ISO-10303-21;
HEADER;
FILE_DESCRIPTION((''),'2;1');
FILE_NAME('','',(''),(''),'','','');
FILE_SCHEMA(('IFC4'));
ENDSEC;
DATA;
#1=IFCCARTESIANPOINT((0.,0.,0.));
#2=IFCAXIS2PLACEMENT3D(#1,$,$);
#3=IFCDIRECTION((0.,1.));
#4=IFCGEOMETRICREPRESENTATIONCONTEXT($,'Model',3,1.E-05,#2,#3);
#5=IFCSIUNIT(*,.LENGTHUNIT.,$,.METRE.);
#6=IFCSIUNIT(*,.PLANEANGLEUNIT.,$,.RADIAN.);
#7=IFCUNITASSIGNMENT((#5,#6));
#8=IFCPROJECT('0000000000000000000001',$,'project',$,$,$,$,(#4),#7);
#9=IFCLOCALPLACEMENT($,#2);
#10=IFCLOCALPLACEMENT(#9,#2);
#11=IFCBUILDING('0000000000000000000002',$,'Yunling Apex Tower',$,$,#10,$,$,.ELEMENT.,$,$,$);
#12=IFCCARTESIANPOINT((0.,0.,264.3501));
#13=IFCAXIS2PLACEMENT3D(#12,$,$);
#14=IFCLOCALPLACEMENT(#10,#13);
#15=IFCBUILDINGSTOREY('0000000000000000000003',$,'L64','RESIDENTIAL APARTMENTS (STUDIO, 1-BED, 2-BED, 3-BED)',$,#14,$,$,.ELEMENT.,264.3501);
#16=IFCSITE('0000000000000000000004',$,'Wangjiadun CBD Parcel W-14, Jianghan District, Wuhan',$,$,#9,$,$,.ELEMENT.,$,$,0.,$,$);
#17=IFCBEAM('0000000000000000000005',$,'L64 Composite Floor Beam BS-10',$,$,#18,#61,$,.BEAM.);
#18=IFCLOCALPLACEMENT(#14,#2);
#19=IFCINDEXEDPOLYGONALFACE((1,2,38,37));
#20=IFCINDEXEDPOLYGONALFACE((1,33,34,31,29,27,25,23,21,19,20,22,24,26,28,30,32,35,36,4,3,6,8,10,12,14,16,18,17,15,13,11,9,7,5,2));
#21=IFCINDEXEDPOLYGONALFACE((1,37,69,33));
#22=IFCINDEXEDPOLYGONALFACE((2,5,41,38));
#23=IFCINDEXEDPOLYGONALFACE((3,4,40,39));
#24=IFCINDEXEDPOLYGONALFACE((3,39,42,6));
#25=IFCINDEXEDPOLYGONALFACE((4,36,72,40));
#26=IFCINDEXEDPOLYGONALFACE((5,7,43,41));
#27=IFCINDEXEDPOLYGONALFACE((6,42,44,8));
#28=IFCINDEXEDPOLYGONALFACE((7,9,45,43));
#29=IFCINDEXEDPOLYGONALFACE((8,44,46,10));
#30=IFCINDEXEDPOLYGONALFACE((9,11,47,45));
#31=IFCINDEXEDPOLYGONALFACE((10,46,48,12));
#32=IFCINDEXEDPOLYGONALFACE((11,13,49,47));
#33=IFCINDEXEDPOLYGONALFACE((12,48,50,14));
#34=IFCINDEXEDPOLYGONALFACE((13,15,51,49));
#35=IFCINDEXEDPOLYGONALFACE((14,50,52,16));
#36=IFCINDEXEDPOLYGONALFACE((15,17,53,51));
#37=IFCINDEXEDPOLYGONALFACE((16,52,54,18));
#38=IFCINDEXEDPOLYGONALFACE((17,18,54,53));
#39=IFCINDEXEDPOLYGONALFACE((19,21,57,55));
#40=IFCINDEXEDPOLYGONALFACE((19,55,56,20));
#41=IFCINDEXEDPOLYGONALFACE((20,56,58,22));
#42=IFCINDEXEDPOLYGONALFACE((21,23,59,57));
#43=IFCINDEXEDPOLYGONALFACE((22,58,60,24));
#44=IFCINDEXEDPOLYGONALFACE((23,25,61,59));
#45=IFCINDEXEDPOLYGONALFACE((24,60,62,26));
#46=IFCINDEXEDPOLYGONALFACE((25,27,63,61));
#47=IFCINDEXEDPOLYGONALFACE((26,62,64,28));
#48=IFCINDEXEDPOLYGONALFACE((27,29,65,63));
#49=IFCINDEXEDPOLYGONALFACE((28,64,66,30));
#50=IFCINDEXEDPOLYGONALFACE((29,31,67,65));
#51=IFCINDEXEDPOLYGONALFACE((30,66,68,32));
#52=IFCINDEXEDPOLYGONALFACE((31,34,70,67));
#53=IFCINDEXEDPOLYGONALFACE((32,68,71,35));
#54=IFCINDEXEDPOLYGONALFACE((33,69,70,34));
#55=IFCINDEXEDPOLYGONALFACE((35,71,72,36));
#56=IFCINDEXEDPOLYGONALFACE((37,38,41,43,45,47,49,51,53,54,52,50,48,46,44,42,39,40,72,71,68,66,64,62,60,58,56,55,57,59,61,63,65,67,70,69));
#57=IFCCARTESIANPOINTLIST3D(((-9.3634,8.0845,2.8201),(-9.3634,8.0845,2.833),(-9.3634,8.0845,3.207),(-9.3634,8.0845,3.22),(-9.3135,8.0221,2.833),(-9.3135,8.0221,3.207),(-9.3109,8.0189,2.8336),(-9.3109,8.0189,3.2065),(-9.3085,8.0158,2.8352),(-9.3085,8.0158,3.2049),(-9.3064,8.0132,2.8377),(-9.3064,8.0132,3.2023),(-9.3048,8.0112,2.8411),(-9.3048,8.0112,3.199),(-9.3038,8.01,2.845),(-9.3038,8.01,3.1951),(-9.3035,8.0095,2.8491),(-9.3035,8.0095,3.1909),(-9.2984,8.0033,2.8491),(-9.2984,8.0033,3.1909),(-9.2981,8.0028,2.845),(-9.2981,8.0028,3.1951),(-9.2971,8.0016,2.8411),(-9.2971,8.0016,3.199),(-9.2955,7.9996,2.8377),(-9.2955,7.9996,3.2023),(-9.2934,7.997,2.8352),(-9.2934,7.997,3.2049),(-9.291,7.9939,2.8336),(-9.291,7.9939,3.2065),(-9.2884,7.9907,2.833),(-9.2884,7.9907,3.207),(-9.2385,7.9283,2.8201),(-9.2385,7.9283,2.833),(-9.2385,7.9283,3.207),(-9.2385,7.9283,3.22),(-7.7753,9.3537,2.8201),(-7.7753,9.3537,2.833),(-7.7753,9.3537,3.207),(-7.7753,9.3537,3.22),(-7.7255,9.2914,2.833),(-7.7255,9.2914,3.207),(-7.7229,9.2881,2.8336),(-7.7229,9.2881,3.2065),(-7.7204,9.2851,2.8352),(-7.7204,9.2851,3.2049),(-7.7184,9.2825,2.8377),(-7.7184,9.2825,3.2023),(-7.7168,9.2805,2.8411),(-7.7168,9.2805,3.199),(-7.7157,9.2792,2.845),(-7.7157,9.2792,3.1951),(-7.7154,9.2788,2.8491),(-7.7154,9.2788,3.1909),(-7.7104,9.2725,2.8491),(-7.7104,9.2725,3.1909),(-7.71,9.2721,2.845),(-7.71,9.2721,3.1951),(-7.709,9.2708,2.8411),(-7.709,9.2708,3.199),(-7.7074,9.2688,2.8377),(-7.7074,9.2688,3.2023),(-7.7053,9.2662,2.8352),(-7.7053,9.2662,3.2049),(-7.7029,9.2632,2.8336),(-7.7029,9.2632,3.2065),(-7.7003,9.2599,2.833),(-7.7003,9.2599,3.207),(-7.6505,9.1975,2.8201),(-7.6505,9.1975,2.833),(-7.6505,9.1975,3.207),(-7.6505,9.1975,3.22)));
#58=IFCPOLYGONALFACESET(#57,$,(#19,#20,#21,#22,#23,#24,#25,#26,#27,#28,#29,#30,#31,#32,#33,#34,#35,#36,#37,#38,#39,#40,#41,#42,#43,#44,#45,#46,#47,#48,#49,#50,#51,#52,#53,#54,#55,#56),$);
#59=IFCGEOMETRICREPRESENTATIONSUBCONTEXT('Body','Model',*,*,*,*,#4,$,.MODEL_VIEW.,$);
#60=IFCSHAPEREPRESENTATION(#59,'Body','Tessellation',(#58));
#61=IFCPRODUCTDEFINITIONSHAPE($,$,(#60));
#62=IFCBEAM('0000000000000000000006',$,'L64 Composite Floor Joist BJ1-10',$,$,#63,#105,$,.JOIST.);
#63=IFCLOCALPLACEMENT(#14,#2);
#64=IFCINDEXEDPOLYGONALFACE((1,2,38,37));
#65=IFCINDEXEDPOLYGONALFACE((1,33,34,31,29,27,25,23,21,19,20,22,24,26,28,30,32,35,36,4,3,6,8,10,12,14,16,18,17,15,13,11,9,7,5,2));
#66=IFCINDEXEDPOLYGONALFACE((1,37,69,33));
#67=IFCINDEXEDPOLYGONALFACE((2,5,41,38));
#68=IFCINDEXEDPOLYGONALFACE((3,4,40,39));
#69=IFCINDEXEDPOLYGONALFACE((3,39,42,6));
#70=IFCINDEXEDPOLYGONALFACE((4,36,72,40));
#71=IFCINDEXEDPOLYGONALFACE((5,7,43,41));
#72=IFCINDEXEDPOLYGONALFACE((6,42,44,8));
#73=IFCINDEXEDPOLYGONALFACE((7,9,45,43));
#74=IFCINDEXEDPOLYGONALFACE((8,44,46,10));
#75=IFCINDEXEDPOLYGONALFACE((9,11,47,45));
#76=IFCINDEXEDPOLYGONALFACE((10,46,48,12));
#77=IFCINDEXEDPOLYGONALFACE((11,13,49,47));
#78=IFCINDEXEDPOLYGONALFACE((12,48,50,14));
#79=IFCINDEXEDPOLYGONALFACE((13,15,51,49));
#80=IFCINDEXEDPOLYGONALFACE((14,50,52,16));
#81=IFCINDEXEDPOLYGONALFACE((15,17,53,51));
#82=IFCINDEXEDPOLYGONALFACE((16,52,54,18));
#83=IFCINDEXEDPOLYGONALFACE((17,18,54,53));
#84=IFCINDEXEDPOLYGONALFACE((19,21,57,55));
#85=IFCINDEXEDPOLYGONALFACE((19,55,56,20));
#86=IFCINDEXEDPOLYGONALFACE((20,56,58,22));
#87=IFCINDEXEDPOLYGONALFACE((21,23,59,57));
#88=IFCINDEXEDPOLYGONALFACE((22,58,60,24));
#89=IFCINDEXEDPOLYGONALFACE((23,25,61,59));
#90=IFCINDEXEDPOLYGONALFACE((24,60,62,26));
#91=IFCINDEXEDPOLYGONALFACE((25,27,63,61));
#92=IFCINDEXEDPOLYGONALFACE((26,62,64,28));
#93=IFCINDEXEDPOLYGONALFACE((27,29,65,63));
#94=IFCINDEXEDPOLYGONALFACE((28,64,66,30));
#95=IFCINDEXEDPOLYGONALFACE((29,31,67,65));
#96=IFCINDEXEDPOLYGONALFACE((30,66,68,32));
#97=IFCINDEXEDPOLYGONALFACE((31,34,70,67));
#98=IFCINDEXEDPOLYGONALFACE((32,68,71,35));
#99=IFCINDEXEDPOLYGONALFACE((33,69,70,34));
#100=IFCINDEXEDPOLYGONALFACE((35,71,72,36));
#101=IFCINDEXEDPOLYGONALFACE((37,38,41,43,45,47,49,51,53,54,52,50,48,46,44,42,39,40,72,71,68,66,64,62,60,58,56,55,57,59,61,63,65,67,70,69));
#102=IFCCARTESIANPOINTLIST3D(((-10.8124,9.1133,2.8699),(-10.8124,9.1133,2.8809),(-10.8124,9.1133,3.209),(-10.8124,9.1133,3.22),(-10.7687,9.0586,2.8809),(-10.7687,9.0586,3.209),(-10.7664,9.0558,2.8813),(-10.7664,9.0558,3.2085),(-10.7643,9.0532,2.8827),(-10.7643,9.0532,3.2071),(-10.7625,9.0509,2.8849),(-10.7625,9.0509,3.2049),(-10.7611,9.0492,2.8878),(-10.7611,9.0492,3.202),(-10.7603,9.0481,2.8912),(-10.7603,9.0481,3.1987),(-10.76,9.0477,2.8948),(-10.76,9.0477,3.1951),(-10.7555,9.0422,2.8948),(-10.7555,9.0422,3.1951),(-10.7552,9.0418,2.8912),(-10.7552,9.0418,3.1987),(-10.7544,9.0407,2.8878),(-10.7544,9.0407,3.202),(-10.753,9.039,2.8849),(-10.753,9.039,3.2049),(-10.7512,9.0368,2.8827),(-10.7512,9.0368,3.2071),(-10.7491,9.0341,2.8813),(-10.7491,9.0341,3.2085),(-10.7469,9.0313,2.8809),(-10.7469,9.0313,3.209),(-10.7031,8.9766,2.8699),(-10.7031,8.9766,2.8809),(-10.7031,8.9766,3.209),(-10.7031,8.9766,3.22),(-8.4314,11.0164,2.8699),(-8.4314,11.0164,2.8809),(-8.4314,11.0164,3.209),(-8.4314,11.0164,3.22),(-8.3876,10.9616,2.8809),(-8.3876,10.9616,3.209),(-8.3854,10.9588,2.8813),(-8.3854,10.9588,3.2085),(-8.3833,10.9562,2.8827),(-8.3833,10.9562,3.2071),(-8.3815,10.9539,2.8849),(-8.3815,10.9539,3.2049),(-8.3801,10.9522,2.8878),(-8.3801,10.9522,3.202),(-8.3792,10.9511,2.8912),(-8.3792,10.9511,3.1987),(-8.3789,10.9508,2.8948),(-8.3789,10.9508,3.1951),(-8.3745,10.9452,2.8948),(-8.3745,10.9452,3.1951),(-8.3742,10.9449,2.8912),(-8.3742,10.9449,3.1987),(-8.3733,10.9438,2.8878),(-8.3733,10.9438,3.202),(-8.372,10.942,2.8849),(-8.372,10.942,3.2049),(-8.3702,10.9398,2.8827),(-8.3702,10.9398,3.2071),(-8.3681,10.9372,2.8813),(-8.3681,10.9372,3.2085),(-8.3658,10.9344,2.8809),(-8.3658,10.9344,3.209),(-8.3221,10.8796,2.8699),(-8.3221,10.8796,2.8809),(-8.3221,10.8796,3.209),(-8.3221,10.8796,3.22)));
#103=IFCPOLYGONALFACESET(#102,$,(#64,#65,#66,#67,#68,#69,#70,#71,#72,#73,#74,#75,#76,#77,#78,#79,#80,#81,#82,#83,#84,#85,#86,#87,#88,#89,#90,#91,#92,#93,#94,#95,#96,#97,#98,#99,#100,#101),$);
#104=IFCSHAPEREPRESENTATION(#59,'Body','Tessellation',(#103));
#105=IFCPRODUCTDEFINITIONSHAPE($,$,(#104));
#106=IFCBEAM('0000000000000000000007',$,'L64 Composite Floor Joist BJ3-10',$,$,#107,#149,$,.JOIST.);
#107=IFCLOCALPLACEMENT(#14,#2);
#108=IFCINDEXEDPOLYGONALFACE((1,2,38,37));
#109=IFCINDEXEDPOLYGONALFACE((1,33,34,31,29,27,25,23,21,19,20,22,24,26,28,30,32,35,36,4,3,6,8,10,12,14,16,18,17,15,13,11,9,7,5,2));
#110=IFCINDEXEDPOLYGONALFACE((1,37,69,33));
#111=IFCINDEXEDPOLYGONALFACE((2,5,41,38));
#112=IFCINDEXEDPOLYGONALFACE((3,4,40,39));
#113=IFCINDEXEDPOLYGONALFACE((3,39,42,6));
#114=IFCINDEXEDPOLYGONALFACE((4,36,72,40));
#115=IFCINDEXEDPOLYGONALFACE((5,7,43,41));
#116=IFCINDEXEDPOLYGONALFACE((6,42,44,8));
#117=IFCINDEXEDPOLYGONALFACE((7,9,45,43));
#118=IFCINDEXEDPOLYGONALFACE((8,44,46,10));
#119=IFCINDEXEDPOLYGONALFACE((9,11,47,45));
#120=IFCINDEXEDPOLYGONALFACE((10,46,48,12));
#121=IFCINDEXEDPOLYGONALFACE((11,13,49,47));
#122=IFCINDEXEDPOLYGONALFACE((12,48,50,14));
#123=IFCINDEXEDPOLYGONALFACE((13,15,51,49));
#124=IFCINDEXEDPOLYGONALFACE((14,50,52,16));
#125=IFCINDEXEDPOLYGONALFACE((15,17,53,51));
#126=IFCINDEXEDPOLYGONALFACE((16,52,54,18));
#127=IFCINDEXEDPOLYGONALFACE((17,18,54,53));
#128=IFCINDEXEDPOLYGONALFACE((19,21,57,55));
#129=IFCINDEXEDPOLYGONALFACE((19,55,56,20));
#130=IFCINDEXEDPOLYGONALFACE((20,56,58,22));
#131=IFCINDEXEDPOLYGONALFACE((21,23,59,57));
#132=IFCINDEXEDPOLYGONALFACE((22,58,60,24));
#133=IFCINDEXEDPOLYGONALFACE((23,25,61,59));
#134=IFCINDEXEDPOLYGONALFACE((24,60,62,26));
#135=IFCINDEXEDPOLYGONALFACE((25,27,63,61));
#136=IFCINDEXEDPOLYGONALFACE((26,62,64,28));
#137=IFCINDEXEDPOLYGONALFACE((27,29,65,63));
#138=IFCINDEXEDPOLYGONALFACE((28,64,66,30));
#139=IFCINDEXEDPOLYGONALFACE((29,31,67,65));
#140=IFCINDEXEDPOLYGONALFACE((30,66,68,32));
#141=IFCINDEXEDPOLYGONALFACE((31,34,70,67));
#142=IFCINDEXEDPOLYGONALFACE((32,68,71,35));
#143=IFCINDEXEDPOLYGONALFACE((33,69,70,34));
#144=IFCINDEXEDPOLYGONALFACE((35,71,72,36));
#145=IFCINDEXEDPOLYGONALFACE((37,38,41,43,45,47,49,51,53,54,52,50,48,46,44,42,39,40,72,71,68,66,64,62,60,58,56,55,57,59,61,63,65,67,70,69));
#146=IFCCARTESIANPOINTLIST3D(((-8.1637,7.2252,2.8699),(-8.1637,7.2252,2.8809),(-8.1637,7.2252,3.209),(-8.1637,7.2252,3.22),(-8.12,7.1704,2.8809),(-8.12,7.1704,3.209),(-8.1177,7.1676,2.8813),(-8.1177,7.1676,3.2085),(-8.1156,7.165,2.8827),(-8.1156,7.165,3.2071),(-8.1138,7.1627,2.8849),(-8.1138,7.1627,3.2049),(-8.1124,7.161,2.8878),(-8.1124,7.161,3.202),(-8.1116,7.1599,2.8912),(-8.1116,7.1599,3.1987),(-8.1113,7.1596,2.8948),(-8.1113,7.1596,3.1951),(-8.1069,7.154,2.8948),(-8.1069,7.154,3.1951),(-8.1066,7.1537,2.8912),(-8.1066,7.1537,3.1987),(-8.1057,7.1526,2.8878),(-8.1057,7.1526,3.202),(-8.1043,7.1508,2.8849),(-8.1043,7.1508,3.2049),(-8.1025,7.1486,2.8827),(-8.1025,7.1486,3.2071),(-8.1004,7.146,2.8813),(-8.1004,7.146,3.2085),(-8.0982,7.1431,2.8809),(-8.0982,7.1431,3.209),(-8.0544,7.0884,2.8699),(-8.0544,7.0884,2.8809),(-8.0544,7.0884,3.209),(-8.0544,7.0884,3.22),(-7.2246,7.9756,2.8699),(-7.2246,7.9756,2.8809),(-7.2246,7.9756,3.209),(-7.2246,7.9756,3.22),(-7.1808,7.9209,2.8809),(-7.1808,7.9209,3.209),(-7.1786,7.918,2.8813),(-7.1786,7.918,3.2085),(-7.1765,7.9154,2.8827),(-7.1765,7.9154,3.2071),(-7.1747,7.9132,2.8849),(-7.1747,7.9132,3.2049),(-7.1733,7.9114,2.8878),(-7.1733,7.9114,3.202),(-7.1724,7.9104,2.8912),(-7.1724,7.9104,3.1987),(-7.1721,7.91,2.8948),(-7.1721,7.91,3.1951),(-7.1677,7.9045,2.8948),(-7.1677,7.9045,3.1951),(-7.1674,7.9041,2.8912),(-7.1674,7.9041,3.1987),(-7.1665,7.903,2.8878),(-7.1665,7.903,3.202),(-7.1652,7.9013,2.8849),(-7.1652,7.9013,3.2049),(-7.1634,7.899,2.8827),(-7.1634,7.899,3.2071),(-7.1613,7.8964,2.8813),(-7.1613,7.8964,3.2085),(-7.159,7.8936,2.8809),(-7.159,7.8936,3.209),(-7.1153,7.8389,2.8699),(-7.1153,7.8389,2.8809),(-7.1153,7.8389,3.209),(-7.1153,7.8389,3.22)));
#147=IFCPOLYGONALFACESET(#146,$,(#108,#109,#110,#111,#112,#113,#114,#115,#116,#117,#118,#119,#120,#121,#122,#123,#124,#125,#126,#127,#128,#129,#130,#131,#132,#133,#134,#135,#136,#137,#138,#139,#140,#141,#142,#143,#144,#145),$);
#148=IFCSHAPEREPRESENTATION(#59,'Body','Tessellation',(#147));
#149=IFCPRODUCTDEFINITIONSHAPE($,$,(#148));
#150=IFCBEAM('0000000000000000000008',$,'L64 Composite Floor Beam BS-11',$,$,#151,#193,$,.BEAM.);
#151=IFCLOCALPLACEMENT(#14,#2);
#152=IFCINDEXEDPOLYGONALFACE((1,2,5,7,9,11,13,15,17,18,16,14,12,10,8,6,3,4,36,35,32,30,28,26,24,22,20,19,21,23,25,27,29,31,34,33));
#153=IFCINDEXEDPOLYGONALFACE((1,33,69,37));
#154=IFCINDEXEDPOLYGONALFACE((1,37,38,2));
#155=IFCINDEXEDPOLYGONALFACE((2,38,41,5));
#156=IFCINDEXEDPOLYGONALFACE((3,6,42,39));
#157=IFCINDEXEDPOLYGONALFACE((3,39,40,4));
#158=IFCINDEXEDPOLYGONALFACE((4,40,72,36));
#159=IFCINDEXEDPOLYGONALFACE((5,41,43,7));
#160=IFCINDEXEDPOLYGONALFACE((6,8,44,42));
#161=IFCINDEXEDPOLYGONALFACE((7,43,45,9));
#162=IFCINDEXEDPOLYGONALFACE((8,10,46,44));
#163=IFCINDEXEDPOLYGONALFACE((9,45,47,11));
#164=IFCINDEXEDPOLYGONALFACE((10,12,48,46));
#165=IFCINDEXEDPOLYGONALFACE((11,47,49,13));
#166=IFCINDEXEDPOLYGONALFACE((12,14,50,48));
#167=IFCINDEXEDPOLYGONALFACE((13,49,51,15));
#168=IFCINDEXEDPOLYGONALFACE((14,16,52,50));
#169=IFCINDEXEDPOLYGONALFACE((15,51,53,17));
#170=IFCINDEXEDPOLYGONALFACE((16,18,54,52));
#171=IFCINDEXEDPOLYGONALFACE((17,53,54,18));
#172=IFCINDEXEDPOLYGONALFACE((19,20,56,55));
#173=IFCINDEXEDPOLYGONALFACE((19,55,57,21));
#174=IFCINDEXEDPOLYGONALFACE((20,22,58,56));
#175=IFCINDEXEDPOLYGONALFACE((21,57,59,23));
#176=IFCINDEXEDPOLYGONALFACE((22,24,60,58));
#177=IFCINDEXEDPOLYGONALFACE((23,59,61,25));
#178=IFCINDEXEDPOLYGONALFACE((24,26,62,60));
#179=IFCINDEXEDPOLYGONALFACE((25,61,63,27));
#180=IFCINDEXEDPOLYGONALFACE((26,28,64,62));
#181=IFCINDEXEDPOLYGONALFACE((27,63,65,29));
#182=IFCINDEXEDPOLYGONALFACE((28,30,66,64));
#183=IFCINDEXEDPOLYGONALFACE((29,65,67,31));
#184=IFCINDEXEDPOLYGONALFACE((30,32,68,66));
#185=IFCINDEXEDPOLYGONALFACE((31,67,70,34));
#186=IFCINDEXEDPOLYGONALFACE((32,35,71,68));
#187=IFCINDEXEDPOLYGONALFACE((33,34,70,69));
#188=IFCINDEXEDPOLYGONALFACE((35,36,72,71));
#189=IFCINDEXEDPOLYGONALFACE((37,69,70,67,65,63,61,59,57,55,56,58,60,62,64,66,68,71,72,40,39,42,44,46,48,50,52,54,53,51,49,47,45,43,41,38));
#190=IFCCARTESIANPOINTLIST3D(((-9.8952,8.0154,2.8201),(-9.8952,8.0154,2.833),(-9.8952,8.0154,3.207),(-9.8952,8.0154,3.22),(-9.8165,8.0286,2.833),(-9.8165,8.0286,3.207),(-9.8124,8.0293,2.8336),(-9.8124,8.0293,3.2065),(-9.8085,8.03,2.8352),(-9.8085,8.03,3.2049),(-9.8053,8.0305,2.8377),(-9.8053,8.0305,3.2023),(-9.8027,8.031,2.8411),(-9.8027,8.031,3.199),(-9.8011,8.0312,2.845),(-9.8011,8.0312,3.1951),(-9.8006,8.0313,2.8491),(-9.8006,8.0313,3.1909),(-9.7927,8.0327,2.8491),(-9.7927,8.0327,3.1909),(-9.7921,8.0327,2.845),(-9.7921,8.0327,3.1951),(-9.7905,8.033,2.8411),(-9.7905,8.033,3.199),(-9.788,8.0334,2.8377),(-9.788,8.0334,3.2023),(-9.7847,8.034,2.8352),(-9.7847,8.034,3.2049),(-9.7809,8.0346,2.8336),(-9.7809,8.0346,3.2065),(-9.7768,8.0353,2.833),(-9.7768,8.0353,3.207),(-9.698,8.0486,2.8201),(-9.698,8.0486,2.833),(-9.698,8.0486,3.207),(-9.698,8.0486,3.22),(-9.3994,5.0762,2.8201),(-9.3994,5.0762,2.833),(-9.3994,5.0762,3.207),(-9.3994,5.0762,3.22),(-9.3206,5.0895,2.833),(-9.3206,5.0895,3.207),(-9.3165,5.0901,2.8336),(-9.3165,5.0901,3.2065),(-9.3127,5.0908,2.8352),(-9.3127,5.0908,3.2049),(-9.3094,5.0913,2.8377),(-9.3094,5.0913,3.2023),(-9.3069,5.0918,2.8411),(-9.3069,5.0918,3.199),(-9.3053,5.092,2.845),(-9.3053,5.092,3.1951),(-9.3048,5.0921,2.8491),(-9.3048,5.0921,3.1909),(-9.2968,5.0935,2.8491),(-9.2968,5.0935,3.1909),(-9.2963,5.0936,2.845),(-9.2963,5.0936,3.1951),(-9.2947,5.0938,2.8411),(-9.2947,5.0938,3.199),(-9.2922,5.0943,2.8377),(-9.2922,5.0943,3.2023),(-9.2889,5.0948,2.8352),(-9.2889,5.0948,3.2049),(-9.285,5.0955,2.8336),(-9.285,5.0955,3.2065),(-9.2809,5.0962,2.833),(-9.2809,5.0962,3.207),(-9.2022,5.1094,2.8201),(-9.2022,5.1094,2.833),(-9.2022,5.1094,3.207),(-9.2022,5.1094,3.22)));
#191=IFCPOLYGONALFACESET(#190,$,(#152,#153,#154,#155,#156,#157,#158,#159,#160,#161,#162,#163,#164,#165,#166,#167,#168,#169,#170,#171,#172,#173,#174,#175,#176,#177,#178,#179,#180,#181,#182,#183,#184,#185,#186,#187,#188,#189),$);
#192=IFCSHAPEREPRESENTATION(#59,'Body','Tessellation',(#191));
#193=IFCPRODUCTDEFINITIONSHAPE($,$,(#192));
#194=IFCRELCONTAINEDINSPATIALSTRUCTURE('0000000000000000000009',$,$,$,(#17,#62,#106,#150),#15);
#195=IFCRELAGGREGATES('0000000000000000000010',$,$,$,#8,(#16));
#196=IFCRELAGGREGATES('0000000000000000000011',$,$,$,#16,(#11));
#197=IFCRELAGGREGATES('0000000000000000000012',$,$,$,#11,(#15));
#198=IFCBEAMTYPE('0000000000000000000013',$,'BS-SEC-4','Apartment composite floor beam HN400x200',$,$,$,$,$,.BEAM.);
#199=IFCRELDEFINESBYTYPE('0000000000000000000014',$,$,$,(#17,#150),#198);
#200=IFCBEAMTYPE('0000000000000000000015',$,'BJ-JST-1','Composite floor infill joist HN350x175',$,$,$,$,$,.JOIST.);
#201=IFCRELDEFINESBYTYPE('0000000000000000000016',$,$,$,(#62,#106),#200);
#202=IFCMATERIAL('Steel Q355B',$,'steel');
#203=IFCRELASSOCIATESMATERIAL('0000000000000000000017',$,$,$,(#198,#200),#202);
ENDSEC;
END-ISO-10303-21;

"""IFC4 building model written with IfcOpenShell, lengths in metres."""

from ifc_helpers import new_model, si_unit, direction, frame, origin, origin_2d, place, context, subcontext, project, spatial, i_section, extrude, source, transform, mapped, material, material_profile, profile_set, type_object, element, save


model = new_model("IFC4")

# Units and contexts
model_context = context("Model", 3, precision=1e-05, world=origin(), true_north=direction((0.0, 1.0)))
body_context = subcontext(model_context, "Body", "Model", "MODEL_VIEW")
ifc_project = project(units=[si_unit("LENGTHUNIT", "METRE"), si_unit("PLANEANGLEUNIT", "RADIAN")], contexts=[model_context])

# Site, building, storey
site_placement = place(None, origin())
site = spatial("IfcSite", under=ifc_project, at=site_placement, Name="Wangjiadun CBD Parcel W-14, Jianghan District, Wuhan", CompositionType="ELEMENT", RefElevation=0.0)
building_placement = place(site_placement, origin())
building = spatial("IfcBuilding", under=site, at=building_placement, Name="Yunling Apex Tower", CompositionType="ELEMENT")
storey_placement = place(building_placement, frame((0.0, 0.0, 264.3501)))
storey = spatial("IfcBuildingStorey", under=building, at=storey_placement, Name="L64", Description="RESIDENTIAL APARTMENTS (STUDIO, 1-BED, 2-BED, 3-BED)", CompositionType="ELEMENT", Elevation=264.3501)

# Shared definitions
ifc_material_1 = material(Name="Steel Q355B", Category="steel")

# Beams
ifc_material_profile_1 = material_profile(ifc_material_1, i_section(OverallWidth=0.2, OverallDepth=0.3999, WebThickness=0.0081, FlangeThickness=0.0129, FilletRadius=0.0161, at=origin_2d()))
ifc_profile_set_1 = profile_set([ifc_material_profile_1], Name="Steel Q355B")
beam_type_1 = type_object("IfcBeamType", Name="BS-SEC-4", Description="Apartment composite floor beam HN400x200", PredefinedType="BEAM", material=ifc_profile_set_1)
ifc_material_profile_2 = material_profile(ifc_material_1, i_section(OverallWidth=0.175, OverallDepth=0.3501, WebThickness=0.0071, FlangeThickness=0.011, FilletRadius=0.0139, at=origin_2d()))
ifc_profile_set_2 = profile_set([ifc_material_profile_2], Name="Steel Q355B")
beam_type_2 = type_object("IfcBeamType", Name="BJ-JST-1", Description="Composite floor infill joist HN350x175", PredefinedType="JOIST", material=ifc_profile_set_2)
shared_shape_1 = source(origin(), body_context, "Body", "SweptSolid", [
    extrude(i_section(OverallWidth=0.2, OverallDepth=0.3999, WebThickness=0.0081, FlangeThickness=0.0129, FilletRadius=0.0161, at=origin_2d()), origin(), (0.0, 0.0, 1.0), 2.033),
])
beam_1_placement = place(storey_placement, frame((-7.7129, 9.2756, 3.02), z_axis=(-0.781162, -0.624329, 0.0), x_axis=(0.624329, -0.781162, 0.0)))
element("IfcBeam", 1, at=beam_1_placement, inside=storey, type_object=beam_type_1, Name="L64 Composite Floor Beam BS-10", PredefinedType="BEAM", context=body_context, shape_type="MappedRepresentation", body=[
    mapped(shared_shape_1, transform((0.0, 0.0, 0.0), scale=1.0)),
])
shared_shape_2 = source(origin(), body_context, "Body", "SweptSolid", [
    extrude(i_section(OverallWidth=0.175, OverallDepth=0.3501, WebThickness=0.0071, FlangeThickness=0.011, FilletRadius=0.0139, at=origin_2d()), origin(), (0.0, 0.0, 1.0), 3.0481),
])
beam_2_placement = place(storey_placement, frame((-8.3767, 10.948, 3.0449), z_axis=(-0.781158, -0.624334, 0.0), x_axis=(0.624334, -0.781158, 0.0)))
element("IfcBeam", 2, at=beam_2_placement, inside=storey, type_object=beam_type_2, Name="L64 Composite Floor Joist BJ1-10", PredefinedType="JOIST", context=body_context, shape_type="MappedRepresentation", body=[
    mapped(shared_shape_2, transform((0.0, 0.0, 0.0), scale=1.0)),
])
shared_shape_3 = source(origin(), body_context, "Body", "SweptSolid", [
    extrude(i_section(OverallWidth=0.175, OverallDepth=0.3501, WebThickness=0.0071, FlangeThickness=0.011, FilletRadius=0.0139, at=origin_2d()), origin(), (0.0, 0.0, 1.0), 1.2021),
])
beam_3_placement = place(storey_placement, frame((-7.1699, 7.9072, 3.0449), z_axis=(-0.781225, -0.624249, 0.0), x_axis=(0.624249, -0.781225, 0.0)))
element("IfcBeam", 3, at=beam_3_placement, inside=storey, type_object=beam_type_2, Name="L64 Composite Floor Joist BJ3-10", PredefinedType="JOIST", context=body_context, shape_type="MappedRepresentation", body=[
    mapped(shared_shape_3, transform((0.0, 0.0, 0.0), scale=1.0)),
])
shared_shape_4 = source(origin(), body_context, "Body", "SweptSolid", [
    extrude(i_section(OverallWidth=0.2, OverallDepth=0.3999, WebThickness=0.0081, FlangeThickness=0.0129, FilletRadius=0.0161, at=origin_2d()), origin(), (0.0, 0.0, 1.0), 2.9807),
])
beam_4_placement = place(storey_placement, frame((-9.7966, 8.032, 3.02), z_axis=(0.166351, -0.986067, 0.0), x_axis=(0.986067, 0.166351, 0.0)))
element("IfcBeam", 4, at=beam_4_placement, inside=storey, type_object=beam_type_1, Name="L64 Composite Floor Beam BS-11", PredefinedType="BEAM", context=body_context, shape_type="MappedRepresentation", body=[
    mapped(shared_shape_4, transform((0.0, 0.0, 0.0), scale=1.0)),
])

save(model, "model.ifc")
